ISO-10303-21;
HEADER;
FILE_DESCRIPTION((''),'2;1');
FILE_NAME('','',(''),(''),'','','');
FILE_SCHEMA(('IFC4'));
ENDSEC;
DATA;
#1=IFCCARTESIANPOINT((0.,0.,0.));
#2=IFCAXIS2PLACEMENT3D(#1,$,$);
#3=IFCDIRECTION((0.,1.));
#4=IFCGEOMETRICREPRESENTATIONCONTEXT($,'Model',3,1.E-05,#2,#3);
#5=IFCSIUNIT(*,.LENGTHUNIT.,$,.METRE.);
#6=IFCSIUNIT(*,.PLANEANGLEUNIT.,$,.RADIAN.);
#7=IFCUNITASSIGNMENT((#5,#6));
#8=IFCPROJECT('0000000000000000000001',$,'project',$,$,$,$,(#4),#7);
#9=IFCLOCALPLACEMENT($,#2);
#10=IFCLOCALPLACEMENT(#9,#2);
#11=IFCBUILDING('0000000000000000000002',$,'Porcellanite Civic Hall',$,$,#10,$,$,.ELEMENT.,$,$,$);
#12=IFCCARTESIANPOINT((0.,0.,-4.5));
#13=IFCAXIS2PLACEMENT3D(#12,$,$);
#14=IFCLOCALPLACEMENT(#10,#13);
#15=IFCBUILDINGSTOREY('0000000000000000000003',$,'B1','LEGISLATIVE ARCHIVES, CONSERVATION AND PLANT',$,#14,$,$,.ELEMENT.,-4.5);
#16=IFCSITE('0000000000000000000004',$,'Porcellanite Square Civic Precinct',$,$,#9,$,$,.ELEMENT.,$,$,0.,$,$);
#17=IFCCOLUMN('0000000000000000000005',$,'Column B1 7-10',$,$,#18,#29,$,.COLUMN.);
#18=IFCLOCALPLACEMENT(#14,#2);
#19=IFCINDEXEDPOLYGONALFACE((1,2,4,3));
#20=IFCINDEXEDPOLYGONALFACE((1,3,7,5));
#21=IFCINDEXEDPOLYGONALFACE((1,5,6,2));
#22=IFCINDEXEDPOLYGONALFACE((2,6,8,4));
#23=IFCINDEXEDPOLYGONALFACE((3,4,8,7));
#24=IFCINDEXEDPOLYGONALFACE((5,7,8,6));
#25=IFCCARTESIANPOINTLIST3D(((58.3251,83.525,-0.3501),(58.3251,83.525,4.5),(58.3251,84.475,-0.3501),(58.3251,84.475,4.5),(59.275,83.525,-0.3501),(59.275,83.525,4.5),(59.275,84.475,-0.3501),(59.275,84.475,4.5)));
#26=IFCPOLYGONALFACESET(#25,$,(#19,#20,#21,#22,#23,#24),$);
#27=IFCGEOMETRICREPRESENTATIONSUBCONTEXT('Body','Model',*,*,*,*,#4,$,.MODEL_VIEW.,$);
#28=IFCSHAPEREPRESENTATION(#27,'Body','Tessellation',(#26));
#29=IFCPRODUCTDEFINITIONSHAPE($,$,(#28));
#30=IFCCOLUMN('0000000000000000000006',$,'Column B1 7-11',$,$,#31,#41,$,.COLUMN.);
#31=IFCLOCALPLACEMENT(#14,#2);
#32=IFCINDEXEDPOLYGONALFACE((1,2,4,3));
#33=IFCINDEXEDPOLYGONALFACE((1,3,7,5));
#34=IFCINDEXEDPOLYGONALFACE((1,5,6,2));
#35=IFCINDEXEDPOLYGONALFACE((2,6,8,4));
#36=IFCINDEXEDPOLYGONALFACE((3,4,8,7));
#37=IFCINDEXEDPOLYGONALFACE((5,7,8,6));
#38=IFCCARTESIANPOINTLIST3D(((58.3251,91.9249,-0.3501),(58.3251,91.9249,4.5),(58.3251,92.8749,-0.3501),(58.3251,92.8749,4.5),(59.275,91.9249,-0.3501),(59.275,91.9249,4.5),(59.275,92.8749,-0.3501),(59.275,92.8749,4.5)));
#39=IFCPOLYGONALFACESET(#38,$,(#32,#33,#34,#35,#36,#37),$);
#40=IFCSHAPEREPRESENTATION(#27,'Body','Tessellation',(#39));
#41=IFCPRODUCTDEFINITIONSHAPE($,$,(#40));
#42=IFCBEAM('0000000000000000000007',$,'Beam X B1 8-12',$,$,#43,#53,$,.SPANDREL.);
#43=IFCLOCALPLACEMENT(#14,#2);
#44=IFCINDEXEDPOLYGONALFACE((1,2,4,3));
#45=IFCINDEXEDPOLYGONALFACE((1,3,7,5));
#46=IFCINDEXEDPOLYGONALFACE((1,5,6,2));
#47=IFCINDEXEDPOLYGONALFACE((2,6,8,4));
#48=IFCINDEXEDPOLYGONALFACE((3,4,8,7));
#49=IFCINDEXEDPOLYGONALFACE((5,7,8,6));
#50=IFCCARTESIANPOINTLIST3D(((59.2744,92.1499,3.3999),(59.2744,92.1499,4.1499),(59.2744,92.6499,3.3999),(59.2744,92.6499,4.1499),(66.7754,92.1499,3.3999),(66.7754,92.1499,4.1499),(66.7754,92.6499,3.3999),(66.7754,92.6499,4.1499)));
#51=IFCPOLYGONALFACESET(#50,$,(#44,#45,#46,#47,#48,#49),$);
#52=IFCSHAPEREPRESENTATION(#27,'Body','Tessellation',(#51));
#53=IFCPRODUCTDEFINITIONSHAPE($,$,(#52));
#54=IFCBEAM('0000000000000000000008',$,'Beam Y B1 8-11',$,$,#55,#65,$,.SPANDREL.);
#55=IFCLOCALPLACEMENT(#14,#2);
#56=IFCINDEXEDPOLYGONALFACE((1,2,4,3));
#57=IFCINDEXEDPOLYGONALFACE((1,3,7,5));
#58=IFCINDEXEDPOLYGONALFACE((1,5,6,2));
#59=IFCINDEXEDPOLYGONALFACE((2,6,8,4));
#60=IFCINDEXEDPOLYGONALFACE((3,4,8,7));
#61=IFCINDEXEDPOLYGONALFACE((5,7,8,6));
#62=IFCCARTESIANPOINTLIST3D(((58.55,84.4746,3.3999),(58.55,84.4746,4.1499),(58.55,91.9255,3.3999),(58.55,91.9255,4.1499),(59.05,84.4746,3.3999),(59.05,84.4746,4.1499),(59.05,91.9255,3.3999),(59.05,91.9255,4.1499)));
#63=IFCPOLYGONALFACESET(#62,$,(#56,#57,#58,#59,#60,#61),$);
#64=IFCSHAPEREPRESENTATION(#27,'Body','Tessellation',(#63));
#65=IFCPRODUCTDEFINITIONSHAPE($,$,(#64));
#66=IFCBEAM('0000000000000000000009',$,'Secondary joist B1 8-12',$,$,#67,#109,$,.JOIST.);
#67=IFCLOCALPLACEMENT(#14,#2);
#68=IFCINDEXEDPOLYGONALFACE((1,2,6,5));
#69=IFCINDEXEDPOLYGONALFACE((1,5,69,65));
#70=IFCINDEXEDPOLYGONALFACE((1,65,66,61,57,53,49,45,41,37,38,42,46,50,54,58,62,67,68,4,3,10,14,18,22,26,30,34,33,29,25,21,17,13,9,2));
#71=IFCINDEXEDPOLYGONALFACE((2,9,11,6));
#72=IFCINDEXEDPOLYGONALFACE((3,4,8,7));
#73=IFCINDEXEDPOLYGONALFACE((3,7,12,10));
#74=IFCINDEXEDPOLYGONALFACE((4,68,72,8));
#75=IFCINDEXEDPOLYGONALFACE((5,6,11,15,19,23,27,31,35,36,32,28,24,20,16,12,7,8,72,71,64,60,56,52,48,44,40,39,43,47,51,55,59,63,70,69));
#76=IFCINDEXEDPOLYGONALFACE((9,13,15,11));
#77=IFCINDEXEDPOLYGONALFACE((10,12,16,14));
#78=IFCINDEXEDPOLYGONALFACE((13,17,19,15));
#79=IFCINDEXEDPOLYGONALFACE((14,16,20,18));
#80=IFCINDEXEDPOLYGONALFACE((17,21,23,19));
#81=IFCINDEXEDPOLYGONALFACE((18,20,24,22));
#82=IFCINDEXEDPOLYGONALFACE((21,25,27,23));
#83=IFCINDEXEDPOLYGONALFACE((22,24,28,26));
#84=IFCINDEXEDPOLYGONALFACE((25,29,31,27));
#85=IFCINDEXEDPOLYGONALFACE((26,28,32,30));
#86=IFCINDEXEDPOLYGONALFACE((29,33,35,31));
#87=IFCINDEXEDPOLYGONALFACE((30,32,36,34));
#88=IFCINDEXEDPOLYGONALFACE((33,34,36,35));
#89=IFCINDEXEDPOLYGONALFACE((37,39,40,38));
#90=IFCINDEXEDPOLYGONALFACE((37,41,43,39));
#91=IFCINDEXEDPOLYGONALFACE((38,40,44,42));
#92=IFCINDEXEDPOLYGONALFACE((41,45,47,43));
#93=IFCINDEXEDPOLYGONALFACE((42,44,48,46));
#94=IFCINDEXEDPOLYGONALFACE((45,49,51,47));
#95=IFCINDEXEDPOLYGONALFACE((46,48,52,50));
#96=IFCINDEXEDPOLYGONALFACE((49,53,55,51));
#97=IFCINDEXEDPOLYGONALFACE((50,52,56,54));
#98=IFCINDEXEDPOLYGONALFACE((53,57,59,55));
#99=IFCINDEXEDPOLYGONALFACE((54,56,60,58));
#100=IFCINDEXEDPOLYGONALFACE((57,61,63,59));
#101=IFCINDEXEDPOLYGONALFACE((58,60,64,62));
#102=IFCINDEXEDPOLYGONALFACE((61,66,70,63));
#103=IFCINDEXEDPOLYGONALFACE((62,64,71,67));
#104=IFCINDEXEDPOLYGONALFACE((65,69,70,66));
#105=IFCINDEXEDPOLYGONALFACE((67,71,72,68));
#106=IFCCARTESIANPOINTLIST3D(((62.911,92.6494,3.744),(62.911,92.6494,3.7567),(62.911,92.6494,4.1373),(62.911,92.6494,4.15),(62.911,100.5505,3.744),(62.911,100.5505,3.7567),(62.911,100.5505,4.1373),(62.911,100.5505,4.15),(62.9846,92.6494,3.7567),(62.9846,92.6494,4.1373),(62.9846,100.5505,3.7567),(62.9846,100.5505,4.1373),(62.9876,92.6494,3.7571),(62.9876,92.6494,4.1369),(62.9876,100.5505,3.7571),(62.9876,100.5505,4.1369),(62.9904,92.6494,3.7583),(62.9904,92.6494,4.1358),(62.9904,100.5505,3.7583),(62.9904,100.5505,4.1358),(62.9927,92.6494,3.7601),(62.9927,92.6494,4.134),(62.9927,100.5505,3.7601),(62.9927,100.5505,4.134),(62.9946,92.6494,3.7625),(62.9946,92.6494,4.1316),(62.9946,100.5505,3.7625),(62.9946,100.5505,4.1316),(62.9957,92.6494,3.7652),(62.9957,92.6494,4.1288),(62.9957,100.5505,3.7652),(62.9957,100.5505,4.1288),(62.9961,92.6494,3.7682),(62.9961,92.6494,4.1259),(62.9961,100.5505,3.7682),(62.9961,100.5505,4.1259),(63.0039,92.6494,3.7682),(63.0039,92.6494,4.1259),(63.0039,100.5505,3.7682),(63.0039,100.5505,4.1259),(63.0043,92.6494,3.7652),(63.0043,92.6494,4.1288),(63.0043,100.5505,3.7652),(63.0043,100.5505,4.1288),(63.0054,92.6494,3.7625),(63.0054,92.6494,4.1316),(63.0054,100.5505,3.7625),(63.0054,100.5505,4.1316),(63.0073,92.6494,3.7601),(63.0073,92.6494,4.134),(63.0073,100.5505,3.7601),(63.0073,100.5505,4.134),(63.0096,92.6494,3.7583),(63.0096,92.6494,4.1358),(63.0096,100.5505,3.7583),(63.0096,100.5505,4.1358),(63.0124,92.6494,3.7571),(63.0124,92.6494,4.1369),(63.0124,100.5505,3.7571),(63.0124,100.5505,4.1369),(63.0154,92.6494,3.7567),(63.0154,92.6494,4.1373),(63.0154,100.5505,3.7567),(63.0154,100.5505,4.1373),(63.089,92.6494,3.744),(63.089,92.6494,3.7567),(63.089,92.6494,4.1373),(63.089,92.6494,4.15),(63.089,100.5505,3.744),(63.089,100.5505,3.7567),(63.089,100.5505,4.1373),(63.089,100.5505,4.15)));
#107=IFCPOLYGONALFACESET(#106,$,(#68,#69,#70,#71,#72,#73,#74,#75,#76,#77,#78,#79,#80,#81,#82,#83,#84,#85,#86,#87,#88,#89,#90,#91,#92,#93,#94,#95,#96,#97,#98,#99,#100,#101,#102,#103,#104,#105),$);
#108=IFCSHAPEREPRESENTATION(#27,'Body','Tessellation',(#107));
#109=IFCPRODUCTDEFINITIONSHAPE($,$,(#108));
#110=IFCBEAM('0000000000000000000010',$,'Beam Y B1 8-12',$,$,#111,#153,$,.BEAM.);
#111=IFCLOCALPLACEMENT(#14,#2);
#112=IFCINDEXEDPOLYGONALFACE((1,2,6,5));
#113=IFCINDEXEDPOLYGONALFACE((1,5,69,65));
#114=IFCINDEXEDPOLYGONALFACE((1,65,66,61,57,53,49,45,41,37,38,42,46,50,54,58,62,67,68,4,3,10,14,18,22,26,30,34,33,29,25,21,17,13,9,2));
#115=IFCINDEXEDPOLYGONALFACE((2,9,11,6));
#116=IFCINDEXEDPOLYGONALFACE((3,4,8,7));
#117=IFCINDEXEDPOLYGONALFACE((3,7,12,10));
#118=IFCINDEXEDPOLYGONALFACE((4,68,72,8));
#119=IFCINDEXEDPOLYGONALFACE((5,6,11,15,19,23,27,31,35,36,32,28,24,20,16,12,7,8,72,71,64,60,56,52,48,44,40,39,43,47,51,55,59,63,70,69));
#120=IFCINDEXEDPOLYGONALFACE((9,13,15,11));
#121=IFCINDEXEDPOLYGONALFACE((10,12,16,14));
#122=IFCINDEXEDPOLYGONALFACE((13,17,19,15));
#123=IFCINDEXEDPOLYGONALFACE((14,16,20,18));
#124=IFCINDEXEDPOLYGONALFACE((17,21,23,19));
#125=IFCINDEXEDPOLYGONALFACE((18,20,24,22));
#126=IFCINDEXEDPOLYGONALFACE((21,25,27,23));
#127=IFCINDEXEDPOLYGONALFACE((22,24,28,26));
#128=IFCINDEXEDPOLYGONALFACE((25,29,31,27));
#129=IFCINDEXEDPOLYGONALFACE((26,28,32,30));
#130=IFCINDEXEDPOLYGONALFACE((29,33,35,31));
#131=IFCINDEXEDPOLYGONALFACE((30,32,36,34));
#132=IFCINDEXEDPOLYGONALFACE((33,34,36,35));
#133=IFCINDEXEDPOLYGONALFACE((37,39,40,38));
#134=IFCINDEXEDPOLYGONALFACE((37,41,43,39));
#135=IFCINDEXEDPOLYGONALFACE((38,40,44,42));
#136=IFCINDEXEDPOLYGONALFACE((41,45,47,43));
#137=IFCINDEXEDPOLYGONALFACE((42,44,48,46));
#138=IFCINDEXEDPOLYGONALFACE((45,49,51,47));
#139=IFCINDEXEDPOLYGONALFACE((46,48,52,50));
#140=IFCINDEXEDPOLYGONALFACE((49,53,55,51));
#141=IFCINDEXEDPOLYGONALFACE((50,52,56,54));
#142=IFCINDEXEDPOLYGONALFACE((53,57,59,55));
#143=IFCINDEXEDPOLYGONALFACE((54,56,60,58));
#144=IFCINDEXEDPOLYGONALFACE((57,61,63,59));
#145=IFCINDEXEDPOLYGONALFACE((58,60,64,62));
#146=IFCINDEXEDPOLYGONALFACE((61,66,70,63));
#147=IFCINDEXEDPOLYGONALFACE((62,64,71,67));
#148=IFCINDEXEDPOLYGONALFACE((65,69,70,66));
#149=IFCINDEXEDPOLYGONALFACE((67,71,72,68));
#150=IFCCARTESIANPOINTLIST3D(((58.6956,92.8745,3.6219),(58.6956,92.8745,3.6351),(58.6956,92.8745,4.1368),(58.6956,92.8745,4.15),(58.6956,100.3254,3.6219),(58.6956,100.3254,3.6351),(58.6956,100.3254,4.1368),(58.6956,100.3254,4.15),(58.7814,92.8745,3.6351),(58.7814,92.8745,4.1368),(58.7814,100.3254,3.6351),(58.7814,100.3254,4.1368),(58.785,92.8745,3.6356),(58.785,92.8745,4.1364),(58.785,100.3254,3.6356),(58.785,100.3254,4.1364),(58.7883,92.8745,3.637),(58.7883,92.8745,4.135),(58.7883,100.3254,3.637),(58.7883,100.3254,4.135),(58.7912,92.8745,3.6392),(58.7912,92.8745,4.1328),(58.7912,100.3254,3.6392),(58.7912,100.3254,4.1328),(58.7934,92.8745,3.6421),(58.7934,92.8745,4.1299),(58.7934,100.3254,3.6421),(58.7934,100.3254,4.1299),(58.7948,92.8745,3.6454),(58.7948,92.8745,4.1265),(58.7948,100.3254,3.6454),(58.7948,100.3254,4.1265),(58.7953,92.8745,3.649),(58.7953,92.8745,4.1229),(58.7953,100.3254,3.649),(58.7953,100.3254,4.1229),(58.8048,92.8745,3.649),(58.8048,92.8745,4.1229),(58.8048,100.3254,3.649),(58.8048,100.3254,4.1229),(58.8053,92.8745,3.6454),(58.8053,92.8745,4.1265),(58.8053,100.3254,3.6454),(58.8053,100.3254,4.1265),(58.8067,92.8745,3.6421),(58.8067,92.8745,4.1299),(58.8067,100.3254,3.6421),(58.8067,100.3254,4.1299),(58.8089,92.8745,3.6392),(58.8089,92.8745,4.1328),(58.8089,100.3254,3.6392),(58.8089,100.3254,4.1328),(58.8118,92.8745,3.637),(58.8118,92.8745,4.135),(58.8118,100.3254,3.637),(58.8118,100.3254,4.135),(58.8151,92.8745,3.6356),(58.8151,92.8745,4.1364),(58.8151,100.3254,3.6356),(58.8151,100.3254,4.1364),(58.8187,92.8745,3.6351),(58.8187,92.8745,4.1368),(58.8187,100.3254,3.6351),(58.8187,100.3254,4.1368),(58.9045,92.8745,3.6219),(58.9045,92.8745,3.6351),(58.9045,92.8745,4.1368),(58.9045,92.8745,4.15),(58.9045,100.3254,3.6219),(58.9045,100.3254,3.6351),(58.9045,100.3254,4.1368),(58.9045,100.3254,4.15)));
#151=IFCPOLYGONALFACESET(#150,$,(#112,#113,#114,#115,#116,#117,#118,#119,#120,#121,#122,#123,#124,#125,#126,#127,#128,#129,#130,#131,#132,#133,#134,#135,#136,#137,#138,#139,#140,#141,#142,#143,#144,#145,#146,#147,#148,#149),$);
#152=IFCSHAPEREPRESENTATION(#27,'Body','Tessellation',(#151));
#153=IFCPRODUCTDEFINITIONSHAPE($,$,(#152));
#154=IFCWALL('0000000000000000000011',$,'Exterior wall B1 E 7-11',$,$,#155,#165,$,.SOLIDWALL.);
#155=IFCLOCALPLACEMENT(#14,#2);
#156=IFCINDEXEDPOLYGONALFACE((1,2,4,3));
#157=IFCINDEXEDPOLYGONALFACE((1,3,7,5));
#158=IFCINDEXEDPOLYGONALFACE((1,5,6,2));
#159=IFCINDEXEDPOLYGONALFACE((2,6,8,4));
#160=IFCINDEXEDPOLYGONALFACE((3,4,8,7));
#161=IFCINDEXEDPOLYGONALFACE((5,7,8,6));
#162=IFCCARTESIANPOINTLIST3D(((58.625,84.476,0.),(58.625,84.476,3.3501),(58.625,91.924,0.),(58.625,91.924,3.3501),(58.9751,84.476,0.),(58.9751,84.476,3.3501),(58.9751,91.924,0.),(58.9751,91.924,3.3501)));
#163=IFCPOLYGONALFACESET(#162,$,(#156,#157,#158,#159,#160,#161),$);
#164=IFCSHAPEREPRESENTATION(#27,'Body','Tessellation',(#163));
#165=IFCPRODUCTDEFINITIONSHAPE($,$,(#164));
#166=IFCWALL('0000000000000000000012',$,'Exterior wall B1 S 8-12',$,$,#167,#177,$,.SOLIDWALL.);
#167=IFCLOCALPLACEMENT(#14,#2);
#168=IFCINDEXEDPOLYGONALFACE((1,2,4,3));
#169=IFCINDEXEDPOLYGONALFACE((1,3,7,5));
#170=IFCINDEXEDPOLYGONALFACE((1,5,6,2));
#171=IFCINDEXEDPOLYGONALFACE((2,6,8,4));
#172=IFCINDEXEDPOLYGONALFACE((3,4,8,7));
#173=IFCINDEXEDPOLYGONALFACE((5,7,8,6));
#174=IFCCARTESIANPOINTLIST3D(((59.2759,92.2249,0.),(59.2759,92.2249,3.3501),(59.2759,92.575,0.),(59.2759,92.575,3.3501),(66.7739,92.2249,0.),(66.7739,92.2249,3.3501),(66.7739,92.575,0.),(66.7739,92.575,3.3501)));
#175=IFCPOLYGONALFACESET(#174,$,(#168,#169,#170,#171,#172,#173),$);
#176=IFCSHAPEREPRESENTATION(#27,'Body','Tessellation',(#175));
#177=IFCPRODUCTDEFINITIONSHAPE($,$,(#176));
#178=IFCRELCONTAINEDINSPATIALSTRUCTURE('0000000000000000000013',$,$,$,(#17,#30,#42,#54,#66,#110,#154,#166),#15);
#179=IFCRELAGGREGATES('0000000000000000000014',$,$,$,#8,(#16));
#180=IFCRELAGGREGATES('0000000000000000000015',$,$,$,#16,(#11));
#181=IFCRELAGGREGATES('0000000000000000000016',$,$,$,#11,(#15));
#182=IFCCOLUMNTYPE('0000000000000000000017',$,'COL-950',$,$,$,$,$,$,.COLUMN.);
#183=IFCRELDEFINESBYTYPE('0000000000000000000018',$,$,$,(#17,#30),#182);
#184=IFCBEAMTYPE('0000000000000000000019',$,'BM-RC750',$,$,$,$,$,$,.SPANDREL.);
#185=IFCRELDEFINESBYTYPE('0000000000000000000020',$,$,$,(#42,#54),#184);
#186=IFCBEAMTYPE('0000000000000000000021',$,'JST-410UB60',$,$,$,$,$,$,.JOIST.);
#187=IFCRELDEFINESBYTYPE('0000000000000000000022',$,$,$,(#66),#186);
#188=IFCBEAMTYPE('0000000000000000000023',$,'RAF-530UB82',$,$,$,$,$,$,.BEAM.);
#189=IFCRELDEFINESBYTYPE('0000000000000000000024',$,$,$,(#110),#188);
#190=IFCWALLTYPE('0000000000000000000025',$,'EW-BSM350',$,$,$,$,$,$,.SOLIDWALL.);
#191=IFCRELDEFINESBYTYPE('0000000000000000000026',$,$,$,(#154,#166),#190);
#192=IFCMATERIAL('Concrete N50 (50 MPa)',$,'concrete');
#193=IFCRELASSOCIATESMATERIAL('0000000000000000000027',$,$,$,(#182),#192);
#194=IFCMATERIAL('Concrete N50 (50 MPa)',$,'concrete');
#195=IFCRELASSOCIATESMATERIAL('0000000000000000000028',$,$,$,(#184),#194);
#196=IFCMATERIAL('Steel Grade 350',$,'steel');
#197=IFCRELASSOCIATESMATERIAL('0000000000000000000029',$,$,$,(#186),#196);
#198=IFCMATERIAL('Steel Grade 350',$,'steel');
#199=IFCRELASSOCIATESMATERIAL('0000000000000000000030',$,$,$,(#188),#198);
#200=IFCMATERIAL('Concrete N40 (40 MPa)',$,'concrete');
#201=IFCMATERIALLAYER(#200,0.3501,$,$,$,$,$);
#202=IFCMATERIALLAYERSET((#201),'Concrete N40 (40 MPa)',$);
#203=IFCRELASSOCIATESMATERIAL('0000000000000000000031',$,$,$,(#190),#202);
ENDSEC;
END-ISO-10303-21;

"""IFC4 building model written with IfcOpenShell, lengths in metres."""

from ifc_helpers import new_model, si_unit, direction, frame, frame_2d, origin, origin_2d, place, context, subcontext, project, spatial, rectangle, i_section, extrude, material, layer, layer_set, material_profile, profile_set, type_object, element, save


model = new_model("IFC4")

# Units and contexts
model_context = context("Model", 3, precision=1e-05, world=origin(), true_north=direction((0.0, 1.0)))
body_context = subcontext(model_context, "Body", "Model", "MODEL_VIEW")
ifc_project = project(units=[si_unit("LENGTHUNIT", "METRE"), si_unit("PLANEANGLEUNIT", "RADIAN")], contexts=[model_context])

# Site, building, storey
site_placement = place(None, origin())
site = spatial("IfcSite", under=ifc_project, at=site_placement, Name="Porcellanite Square Civic Precinct", CompositionType="ELEMENT", RefElevation=0.0)
building_placement = place(site_placement, origin())
building = spatial("IfcBuilding", under=site, at=building_placement, Name="Porcellanite Civic Hall", CompositionType="ELEMENT")
storey_placement = place(building_placement, frame((0.0, 0.0, -4.5)))
storey = spatial("IfcBuildingStorey", under=building, at=storey_placement, Name="B1", Description="LEGISLATIVE ARCHIVES, CONSERVATION AND PLANT", CompositionType="ELEMENT", Elevation=-4.5)

# Columns
ifc_material_1 = material(Name="Concrete N50 (50 MPa)", Category="concrete")
ifc_material_profile_1 = material_profile(ifc_material_1, rectangle(XDim=0.95, YDim=0.95, at=origin_2d()), Name="RC-950x950")
ifc_profile_set_1 = profile_set([ifc_material_profile_1], Name="Concrete N50 (50 MPa)")
column_type_1 = type_object("IfcColumnType", Name="COL-950", PredefinedType="COLUMN", material=ifc_profile_set_1)
for number, where, z_axis, x_axis, name in (
    (1, (58.8, 84.0, -0.3501), (0.0, 0.0, 1.0), (1.0, 0.0, 0.0), "Column B1 7-10"),
    (2, (58.8, 92.3999, -0.3501), (0.0, 0.0, 1.0), (1.0, 0.0, 0.0), "Column B1 7-11"),
):
    element("IfcColumn", number, at=place(storey_placement, frame(where, z_axis=z_axis, x_axis=x_axis)), inside=storey, type_object=column_type_1, Name=name, PredefinedType="COLUMN", context=body_context, shape_type="SweptSolid", body=[
        extrude(rectangle(XDim=0.95, YDim=0.95, at=origin_2d()), origin(), (0.0, 0.0, 1.0), 4.8501),
    ])

# Beams
ifc_material_2 = material(Name="Concrete N50 (50 MPa)", Category="concrete")
ifc_material_profile_2 = material_profile(ifc_material_2, rectangle(XDim=0.5, YDim=0.75, at=origin_2d()), Name="RC-500x750")
ifc_profile_set_2 = profile_set([ifc_material_profile_2], Name="Concrete N50 (50 MPa)")
beam_type_1 = type_object("IfcBeamType", Name="BM-RC750", PredefinedType="SPANDREL", material=ifc_profile_set_2)
beam_1_placement = place(storey_placement, frame((59.2744, 92.3999, 3.7749), z_axis=(1.0, 0.0, 0.0), x_axis=(0.0, 1.0, 0.0)))
element("IfcBeam", 3, at=beam_1_placement, inside=storey, type_object=beam_type_1, Name="Beam X B1 8-12", PredefinedType="SPANDREL", context=body_context, shape_type="SweptSolid", body=[
    extrude(rectangle(XDim=0.5, YDim=0.75, at=origin_2d()), origin(), (0.0, 0.0, 1.0), 7.501),
])
beam_2_placement = place(storey_placement, frame((58.8, 84.4746, 3.7749), z_axis=(0.0, 1.0, 0.0), x_axis=(-1.0, 0.0, 0.0)))
element("IfcBeam", 4, at=beam_2_placement, inside=storey, type_object=beam_type_1, Name="Beam Y B1 8-11", PredefinedType="SPANDREL", context=body_context, shape_type="SweptSolid", body=[
    extrude(rectangle(XDim=0.5, YDim=0.75, at=origin_2d()), origin(), (0.0, 0.0, 1.0), 7.4509),
])
ifc_material_3 = material(Name="Steel Grade 350", Category="steel")
ifc_material_profile_3 = material_profile(ifc_material_3, i_section(OverallWidth=0.178, OverallDepth=0.406, WebThickness=0.0078, FlangeThickness=0.0127, FilletRadius=0.0115, at=origin_2d()), Name="410UB59.7")
ifc_profile_set_3 = profile_set([ifc_material_profile_3], Name="Steel Grade 350")
beam_type_2 = type_object("IfcBeamType", Name="JST-410UB60", PredefinedType="JOIST", material=ifc_profile_set_3)
beam_3_placement = place(storey_placement, frame((63.0, 92.6494, 3.947), z_axis=(0.0, 1.0, 0.0), x_axis=(-1.0, 0.0, 0.0)))
element("IfcBeam", 5, at=beam_3_placement, inside=storey, type_object=beam_type_2, Name="Secondary joist B1 8-12", PredefinedType="JOIST", context=body_context, shape_type="SweptSolid", body=[
    extrude(i_section(OverallWidth=0.178, OverallDepth=0.406, WebThickness=0.0078, FlangeThickness=0.0127, FilletRadius=0.0115, at=origin_2d()), origin(), (0.0, 0.0, 1.0), 7.9011),
])
ifc_material_4 = material(Name="Steel Grade 350", Category="steel")
ifc_material_profile_4 = material_profile(ifc_material_4, i_section(OverallWidth=0.209, OverallDepth=0.5281, WebThickness=0.0095, FlangeThickness=0.0132, FilletRadius=0.0139, at=origin_2d()), Name="530UB82.0")
ifc_profile_set_4 = profile_set([ifc_material_profile_4], Name="Steel Grade 350")
beam_type_3 = type_object("IfcBeamType", Name="RAF-530UB82", PredefinedType="BEAM", material=ifc_profile_set_4)
beam_4_placement = place(storey_placement, frame((58.8, 92.8745, 3.886), z_axis=(0.0, 1.0, 0.0), x_axis=(-1.0, 0.0, 0.0)))
element("IfcBeam", 6, at=beam_4_placement, inside=storey, type_object=beam_type_3, Name="Beam Y B1 8-12", PredefinedType="BEAM", context=body_context, shape_type="SweptSolid", body=[
    extrude(i_section(OverallWidth=0.209, OverallDepth=0.5281, WebThickness=0.0095, FlangeThickness=0.0132, FilletRadius=0.0139, at=origin_2d()), origin(), (0.0, 0.0, 1.0), 7.4509),
])

# Walls
ifc_material_5 = material(Name="Concrete N40 (40 MPa)", Category="concrete")
ifc_layer = layer(ifc_material_5, 0.3501)
ifc_layer_set = layer_set([ifc_layer], Name="Concrete N40 (40 MPa)")
wall_type = type_object("IfcWallType", Name="EW-BSM350", PredefinedType="SOLIDWALL", material=ifc_layer_set)
wall_1_placement = place(storey_placement, frame((58.8, 91.9241, 0.0), z_axis=(0.0, 0.0, 1.0), x_axis=(0.0, -1.0, 0.0)))
element("IfcWall", 7, at=wall_1_placement, inside=storey, type_object=wall_type, Name="Exterior wall B1 E 7-11", PredefinedType="SOLIDWALL", context=body_context, shape_type="SweptSolid", body=[
    extrude(rectangle(XDim=7.448, YDim=0.3501, at=frame_2d((3.7241, 0.0))), origin(), (0.0, 0.0, 1.0), 3.3501),
])
wall_2_placement = place(storey_placement, frame((66.7739, 92.3999, 0.0), z_axis=(0.0, 0.0, 1.0), x_axis=(-1.0, 0.0, 0.0)))
element("IfcWall", 8, at=wall_2_placement, inside=storey, type_object=wall_type, Name="Exterior wall B1 S 8-12", PredefinedType="SOLIDWALL", context=body_context, shape_type="SweptSolid", body=[
    extrude(rectangle(XDim=7.498, YDim=0.3501, at=frame_2d((3.749, 0.0))), origin(), (0.0, 0.0, 1.0), 3.3501),
])

save(model, "model.ifc")
